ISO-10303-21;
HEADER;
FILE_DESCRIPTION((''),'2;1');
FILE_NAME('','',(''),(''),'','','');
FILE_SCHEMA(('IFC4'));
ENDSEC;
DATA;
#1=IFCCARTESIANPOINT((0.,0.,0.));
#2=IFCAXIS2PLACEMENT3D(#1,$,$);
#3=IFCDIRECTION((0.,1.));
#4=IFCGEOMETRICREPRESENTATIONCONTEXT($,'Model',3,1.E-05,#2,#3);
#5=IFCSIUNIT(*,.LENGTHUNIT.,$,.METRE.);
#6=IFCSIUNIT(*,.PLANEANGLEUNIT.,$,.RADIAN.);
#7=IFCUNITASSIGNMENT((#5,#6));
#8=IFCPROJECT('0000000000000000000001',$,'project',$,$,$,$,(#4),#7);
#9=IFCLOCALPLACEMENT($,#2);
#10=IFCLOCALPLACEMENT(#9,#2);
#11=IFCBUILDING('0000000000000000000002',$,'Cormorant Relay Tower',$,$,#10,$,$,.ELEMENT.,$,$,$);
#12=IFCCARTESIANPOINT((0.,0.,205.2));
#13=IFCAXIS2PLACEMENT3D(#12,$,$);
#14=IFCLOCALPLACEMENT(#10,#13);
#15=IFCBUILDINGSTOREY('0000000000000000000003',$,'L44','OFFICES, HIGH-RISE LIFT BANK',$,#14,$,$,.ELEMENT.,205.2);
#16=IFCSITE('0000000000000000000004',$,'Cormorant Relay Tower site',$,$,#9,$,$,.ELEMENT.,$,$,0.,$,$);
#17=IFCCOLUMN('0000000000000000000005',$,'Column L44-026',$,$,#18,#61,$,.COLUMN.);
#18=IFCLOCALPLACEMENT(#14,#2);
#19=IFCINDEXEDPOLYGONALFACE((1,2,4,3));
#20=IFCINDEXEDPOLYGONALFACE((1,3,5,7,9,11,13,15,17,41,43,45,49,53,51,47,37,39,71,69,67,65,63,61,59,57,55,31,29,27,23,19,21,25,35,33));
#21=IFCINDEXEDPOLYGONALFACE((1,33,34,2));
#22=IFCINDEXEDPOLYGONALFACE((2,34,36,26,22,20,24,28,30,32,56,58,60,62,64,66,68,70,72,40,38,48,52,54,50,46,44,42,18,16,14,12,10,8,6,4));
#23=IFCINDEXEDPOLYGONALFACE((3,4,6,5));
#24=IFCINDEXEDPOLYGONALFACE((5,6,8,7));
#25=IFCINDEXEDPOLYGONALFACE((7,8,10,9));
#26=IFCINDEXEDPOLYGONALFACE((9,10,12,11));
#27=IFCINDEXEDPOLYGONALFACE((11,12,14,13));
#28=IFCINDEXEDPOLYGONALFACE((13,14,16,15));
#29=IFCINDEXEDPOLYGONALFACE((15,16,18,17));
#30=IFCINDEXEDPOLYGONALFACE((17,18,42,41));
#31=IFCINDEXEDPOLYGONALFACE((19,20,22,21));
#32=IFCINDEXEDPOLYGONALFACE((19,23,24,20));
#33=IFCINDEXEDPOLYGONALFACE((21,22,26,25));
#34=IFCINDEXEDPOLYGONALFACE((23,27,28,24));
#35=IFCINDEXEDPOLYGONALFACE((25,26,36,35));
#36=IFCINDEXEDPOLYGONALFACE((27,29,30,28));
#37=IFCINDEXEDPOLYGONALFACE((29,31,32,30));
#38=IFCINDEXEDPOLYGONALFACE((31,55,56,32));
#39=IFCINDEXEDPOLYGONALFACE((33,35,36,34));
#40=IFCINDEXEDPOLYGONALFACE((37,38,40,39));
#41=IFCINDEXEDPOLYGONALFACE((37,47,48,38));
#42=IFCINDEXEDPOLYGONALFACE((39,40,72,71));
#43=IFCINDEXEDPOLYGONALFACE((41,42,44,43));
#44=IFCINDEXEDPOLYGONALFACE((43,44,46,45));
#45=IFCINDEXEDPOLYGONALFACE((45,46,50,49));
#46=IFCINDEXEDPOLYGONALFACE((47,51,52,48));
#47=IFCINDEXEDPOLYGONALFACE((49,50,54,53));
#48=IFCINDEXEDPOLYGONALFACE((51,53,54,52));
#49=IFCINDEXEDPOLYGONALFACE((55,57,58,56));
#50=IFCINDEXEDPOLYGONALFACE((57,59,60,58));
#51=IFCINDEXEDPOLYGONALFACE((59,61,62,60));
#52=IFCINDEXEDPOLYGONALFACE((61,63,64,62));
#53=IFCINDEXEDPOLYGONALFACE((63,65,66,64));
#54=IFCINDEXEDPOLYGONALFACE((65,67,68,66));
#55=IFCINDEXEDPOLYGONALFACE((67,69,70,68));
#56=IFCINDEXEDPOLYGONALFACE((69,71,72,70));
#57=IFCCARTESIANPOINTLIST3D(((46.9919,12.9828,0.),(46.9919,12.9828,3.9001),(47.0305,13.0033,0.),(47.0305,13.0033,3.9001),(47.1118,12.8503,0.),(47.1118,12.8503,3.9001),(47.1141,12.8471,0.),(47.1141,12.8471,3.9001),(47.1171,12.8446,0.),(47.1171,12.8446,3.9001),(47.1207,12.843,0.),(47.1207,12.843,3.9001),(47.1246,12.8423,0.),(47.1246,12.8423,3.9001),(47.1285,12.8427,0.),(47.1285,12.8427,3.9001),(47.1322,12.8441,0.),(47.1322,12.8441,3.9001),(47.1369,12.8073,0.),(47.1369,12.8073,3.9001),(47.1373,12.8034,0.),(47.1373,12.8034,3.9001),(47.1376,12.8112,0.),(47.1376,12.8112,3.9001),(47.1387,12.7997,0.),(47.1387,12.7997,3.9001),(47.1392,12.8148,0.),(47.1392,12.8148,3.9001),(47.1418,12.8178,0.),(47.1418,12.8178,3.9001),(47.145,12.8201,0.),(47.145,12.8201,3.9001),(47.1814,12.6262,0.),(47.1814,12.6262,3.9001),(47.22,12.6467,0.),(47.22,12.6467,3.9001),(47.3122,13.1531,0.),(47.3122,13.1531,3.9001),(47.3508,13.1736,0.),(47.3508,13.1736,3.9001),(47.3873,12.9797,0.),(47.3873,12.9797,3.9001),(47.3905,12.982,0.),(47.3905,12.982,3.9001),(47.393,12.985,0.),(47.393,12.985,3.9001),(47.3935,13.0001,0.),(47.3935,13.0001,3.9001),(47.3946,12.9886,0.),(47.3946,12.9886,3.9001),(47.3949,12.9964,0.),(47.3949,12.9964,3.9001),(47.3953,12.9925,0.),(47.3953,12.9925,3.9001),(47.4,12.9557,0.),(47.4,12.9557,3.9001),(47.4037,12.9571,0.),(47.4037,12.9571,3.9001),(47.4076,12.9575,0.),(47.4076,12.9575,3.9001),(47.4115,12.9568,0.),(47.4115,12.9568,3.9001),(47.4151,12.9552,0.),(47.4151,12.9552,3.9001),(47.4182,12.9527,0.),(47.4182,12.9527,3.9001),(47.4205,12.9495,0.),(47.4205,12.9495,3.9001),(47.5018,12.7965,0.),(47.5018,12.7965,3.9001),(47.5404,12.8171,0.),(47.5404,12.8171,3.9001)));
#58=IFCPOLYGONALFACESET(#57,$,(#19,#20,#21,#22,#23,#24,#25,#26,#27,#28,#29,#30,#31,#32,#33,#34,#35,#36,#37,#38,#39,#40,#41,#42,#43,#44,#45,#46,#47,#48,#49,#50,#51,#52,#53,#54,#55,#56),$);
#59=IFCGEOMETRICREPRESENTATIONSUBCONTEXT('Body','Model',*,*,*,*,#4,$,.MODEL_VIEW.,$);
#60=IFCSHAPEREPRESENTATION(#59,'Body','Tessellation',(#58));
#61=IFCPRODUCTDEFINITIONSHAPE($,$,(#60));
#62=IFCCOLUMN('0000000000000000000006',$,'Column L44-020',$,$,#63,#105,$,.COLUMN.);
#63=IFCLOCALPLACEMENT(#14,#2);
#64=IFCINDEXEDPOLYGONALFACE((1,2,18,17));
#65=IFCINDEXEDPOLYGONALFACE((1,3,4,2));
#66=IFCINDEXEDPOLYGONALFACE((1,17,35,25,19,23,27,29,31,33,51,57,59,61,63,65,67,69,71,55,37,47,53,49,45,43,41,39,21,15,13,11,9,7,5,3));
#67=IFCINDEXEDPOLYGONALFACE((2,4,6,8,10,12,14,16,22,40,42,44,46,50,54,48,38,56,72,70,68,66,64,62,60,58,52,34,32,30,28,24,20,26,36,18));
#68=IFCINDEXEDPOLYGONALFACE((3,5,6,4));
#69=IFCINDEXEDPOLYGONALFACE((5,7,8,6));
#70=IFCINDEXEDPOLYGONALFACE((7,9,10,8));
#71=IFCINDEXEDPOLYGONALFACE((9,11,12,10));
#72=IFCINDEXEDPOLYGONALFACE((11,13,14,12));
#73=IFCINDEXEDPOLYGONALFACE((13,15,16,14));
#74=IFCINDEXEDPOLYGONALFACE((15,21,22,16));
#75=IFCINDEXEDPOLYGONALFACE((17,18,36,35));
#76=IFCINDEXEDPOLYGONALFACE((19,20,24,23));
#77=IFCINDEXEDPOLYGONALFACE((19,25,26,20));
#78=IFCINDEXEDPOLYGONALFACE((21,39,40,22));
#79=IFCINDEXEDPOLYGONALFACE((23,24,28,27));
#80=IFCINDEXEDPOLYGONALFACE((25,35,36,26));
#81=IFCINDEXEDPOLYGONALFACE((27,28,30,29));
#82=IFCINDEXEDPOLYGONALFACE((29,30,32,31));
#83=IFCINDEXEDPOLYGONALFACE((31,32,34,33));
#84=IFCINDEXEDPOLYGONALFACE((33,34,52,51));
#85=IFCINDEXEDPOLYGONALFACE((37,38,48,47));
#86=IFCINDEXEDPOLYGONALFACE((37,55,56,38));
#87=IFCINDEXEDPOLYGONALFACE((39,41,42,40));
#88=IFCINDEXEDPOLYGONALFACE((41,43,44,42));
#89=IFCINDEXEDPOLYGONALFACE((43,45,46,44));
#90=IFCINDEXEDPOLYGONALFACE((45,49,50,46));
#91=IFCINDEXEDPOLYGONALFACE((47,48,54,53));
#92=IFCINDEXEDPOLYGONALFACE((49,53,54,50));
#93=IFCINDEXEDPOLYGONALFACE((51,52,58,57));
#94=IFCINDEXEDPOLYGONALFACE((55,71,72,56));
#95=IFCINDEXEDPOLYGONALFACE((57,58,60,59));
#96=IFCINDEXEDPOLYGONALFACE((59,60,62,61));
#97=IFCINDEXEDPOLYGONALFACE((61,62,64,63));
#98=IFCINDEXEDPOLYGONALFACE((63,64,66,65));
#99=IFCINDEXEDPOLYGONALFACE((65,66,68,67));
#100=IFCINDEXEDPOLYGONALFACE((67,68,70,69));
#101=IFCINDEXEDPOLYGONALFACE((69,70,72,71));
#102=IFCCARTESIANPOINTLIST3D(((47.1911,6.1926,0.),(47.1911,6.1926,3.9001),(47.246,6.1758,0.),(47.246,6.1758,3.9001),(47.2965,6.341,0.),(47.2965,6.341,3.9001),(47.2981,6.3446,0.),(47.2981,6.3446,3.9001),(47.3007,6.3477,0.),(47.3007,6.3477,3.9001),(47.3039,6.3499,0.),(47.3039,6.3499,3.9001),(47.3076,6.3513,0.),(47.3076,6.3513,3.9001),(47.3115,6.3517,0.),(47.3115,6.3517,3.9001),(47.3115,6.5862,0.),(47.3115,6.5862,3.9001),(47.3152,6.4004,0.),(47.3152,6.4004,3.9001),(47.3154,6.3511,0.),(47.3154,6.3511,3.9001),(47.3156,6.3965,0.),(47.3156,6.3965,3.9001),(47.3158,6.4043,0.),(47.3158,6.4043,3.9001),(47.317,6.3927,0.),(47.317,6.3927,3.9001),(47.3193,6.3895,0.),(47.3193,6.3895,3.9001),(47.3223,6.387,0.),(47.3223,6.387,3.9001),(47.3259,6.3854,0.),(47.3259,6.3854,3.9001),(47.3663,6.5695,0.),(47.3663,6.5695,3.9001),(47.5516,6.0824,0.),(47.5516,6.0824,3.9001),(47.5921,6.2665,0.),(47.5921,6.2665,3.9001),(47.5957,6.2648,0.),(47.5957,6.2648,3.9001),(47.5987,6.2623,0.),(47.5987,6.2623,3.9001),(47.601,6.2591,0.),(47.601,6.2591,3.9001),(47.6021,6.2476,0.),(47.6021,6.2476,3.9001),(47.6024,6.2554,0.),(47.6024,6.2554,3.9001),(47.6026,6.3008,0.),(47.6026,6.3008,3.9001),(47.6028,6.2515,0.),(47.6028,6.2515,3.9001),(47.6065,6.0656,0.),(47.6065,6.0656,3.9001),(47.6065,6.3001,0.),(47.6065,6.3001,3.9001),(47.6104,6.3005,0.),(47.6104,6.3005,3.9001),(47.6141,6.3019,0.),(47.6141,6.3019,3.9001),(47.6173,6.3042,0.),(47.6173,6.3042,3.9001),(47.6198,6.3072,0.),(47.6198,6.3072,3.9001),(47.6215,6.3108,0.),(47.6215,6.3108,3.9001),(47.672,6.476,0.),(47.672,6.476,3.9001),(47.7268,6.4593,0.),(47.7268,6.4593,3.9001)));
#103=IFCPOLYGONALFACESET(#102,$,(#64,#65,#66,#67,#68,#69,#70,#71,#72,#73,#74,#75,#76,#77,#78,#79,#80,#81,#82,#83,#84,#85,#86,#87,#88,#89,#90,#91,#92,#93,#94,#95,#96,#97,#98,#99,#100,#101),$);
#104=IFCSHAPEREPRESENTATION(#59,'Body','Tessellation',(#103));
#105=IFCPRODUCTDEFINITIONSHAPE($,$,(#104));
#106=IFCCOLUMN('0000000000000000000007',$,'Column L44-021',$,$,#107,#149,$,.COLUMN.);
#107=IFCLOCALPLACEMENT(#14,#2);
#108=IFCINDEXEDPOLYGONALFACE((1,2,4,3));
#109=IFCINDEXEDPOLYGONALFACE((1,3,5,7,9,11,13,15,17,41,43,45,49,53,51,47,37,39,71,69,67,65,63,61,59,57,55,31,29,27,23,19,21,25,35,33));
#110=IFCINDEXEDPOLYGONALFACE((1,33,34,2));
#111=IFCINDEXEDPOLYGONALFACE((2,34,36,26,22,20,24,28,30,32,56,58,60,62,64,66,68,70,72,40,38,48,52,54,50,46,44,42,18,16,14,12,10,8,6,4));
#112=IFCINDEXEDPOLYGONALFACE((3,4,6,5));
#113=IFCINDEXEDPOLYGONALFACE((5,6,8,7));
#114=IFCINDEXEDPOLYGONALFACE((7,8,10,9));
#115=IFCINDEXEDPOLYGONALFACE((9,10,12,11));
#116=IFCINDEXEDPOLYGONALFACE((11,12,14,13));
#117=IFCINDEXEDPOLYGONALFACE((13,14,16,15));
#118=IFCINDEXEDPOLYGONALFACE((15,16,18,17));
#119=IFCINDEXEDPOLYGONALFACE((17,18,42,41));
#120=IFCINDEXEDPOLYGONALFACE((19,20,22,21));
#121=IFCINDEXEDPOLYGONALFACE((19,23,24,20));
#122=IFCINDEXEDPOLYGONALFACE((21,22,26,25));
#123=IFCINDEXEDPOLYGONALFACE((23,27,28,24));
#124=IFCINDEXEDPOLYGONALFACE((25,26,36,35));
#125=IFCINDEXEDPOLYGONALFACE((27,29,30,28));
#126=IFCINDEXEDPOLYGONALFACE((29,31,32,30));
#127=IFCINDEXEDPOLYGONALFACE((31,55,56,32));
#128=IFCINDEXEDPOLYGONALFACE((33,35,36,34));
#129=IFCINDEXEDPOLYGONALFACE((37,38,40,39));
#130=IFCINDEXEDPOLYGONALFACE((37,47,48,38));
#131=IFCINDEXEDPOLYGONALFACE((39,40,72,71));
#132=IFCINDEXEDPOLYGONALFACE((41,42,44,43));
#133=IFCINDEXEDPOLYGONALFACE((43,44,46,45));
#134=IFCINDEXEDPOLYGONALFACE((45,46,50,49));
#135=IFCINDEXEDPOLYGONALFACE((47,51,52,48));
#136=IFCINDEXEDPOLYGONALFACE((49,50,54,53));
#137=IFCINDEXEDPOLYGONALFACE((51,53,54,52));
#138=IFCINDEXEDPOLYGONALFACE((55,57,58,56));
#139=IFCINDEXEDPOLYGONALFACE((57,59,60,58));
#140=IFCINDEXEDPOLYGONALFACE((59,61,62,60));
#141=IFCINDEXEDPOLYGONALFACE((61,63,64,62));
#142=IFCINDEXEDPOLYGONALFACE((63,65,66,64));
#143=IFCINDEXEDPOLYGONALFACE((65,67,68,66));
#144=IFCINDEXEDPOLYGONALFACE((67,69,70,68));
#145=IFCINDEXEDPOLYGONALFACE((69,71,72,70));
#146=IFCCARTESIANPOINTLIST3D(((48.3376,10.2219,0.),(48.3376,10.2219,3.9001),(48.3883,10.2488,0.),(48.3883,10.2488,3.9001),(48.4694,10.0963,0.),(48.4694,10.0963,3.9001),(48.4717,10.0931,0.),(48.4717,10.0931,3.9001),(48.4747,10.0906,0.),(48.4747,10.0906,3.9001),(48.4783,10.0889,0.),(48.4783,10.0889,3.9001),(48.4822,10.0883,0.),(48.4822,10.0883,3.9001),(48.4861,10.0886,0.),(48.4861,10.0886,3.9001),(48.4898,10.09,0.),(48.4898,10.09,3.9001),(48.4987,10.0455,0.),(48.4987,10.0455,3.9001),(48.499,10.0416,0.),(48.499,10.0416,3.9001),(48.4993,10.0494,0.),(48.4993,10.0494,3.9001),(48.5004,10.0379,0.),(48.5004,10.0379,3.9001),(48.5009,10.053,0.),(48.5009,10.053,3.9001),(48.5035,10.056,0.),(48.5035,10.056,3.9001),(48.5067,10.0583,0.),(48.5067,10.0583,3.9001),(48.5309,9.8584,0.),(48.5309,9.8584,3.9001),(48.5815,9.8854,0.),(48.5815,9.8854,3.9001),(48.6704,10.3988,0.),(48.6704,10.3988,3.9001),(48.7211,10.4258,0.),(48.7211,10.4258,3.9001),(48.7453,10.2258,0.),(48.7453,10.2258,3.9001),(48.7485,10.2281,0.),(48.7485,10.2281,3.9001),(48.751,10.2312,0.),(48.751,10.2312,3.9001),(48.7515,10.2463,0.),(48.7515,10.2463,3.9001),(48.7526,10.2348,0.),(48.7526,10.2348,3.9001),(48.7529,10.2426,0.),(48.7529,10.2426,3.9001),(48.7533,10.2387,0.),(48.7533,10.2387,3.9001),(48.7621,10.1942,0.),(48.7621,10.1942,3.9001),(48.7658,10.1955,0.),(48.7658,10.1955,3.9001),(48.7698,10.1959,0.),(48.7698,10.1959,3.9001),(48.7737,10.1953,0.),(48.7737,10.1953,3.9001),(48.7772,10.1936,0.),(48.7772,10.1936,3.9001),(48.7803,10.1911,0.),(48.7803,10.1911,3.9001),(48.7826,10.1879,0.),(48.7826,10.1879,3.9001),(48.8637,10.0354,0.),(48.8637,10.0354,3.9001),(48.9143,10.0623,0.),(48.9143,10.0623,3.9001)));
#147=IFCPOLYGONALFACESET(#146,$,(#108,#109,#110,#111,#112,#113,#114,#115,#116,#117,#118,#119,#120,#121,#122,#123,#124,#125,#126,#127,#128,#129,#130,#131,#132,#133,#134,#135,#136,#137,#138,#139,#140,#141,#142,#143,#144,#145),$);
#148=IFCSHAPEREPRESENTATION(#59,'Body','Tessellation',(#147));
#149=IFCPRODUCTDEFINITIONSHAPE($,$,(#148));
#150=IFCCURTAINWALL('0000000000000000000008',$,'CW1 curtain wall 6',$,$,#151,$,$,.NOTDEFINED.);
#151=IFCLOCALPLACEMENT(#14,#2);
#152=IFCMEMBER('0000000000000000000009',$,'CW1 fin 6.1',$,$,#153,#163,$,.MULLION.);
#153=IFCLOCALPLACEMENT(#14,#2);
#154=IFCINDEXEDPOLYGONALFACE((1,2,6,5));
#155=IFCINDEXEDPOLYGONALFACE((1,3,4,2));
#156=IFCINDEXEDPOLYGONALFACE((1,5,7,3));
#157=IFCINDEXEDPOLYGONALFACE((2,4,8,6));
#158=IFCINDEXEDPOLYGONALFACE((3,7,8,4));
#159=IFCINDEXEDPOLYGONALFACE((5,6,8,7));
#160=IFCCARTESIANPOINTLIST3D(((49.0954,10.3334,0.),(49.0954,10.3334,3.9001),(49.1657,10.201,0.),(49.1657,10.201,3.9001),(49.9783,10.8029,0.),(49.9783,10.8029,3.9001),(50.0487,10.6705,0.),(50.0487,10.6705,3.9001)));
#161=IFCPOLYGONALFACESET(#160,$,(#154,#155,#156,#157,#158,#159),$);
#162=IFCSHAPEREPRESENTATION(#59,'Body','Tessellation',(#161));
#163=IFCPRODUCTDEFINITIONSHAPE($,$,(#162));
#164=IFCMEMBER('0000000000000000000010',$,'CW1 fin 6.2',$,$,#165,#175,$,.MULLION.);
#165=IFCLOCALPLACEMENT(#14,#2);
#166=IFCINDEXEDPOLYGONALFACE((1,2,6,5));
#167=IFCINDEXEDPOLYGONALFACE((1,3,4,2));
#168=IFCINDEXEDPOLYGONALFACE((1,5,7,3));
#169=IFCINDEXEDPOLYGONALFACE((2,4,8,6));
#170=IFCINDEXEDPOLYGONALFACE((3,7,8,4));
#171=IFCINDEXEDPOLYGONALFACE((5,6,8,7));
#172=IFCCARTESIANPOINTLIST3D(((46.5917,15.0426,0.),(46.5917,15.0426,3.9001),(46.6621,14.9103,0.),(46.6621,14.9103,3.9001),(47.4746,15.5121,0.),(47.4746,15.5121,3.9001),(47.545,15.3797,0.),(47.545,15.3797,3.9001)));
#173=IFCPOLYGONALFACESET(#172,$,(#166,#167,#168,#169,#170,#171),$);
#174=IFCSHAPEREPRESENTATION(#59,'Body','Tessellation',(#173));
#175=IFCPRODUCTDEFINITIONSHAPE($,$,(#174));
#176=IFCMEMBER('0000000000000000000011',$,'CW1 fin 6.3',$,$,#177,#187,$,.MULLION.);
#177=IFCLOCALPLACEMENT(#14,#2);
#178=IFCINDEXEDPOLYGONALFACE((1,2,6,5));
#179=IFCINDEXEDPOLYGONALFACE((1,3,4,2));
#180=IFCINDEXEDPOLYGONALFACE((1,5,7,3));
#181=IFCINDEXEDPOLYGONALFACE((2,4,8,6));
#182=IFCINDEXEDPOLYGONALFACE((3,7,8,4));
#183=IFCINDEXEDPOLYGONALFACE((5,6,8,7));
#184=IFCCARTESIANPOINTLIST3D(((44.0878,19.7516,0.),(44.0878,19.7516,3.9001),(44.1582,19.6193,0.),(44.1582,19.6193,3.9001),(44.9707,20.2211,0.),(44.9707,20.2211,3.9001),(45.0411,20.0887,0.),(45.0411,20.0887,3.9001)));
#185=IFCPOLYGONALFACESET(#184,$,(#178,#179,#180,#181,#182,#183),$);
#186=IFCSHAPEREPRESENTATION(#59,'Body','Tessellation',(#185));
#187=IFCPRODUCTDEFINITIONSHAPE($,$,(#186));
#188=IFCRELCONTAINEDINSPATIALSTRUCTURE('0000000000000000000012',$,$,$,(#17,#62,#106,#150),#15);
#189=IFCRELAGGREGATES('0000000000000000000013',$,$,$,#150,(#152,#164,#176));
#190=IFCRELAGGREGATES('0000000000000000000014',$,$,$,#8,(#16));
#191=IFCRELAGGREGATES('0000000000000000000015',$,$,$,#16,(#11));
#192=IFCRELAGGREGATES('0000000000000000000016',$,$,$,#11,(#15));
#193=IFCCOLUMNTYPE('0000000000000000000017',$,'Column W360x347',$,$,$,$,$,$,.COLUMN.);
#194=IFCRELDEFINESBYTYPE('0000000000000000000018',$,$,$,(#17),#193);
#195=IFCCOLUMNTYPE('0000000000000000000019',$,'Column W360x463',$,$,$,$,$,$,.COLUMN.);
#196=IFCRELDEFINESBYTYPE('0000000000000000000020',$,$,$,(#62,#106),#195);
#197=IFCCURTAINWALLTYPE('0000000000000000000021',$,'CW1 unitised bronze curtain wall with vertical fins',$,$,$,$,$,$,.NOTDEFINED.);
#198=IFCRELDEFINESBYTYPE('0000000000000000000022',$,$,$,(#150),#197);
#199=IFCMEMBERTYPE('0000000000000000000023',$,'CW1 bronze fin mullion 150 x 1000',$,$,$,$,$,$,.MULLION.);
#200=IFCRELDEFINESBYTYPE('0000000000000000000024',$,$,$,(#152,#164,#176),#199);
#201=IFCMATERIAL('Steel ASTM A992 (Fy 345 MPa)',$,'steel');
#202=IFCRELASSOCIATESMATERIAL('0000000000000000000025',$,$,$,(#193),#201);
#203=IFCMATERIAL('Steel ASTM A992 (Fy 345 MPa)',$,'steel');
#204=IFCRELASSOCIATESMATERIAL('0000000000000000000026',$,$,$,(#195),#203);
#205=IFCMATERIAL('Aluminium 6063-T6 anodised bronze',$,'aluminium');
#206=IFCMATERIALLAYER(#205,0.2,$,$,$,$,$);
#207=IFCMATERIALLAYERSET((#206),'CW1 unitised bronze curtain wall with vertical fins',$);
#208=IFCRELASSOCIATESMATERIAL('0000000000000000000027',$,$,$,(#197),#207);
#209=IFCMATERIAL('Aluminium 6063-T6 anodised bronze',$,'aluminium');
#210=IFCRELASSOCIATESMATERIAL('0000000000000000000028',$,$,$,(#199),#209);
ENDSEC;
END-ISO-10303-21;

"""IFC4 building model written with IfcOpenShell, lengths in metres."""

from ifc_helpers import new_model, si_unit, direction, frame, origin, origin_2d, place, context, subcontext, project, spatial, rectangle, i_section, extrude, material, layer, layer_set, material_profile, profile_set, type_object, element, aggregate, save


model = new_model("IFC4")

# Units and contexts
model_context = context("Model", 3, precision=1e-05, world=origin(), true_north=direction((0.0, 1.0)))
body_context = subcontext(model_context, "Body", "Model", "MODEL_VIEW")
ifc_project = project(units=[si_unit("LENGTHUNIT", "METRE"), si_unit("PLANEANGLEUNIT", "RADIAN")], contexts=[model_context])

# Site, building, storey
site_placement = place(None, origin())
site = spatial("IfcSite", under=ifc_project, at=site_placement, Name="Cormorant Relay Tower site", CompositionType="ELEMENT", RefElevation=0.0)
building_placement = place(site_placement, origin())
building = spatial("IfcBuilding", under=site, at=building_placement, Name="Cormorant Relay Tower", CompositionType="ELEMENT")
storey_placement = place(building_placement, frame((0.0, 0.0, 205.2)))
storey = spatial("IfcBuildingStorey", under=building, at=storey_placement, Name="L44", Description="OFFICES, HIGH-RISE LIFT BANK", CompositionType="ELEMENT", Elevation=205.2)

# Columns
ifc_material_1 = material(Name="Steel ASTM A992 (Fy 345 MPa)", Category="steel")
ifc_material_profile_1 = material_profile(ifc_material_1, i_section(OverallWidth=0.4038, OverallDepth=0.4065, WebThickness=0.0271, FlangeThickness=0.0437, FilletRadius=0.0151, at=origin_2d()), Name="W360x347")
ifc_profile_set_1 = profile_set([ifc_material_profile_1], Name="Steel ASTM A992 (Fy 345 MPa)")
column_type_1 = type_object("IfcColumnType", Name="Column W360x347", PredefinedType="COLUMN", material=ifc_profile_set_1)
column_placement = place(storey_placement, frame((47.2661, 12.8999, 0.0), z_axis=(0.0, 0.0, 1.0), x_axis=(-0.469472, 0.882948, 0.0)))
element("IfcColumn", 1, at=column_placement, inside=storey, type_object=column_type_1, Name="Column L44-026", PredefinedType="COLUMN", context=body_context, shape_type="SweptSolid", body=[
    extrude(i_section(OverallWidth=0.4038, OverallDepth=0.4065, WebThickness=0.0271, FlangeThickness=0.0437, FilletRadius=0.0151, at=origin_2d()), origin(), (0.0, 0.0, 1.0), 3.9001),
])
ifc_material_2 = material(Name="Steel ASTM A992 (Fy 345 MPa)", Category="steel")
ifc_material_profile_2 = material_profile(ifc_material_2, i_section(OverallWidth=0.4116, OverallDepth=0.4343, WebThickness=0.0359, FlangeThickness=0.0574, FilletRadius=0.0151, at=origin_2d()), Name="W360x463")
ifc_profile_set_2 = profile_set([ifc_material_profile_2], Name="Steel ASTM A992 (Fy 345 MPa)")
column_type_2 = type_object("IfcColumnType", Name="Column W360x463", PredefinedType="COLUMN", material=ifc_profile_set_2)
for number, where, z_axis, x_axis, name in (
    (2, (47.459, 6.3259, 0.0), (0.0, 0.0, 1.0), (0.292372, 0.956305, 0.0), "Column L44-020"),
    (3, (48.626, 10.1421, 0.0), (0.0, 0.0, 1.0), (-0.469472, 0.882948, 0.0), "Column L44-021"),
):
    element("IfcColumn", number, at=place(storey_placement, frame(where, z_axis=z_axis, x_axis=x_axis)), inside=storey, type_object=column_type_2, Name=name, PredefinedType="COLUMN", context=body_context, shape_type="SweptSolid", body=[
        extrude(i_section(OverallWidth=0.4116, OverallDepth=0.4343, WebThickness=0.0359, FlangeThickness=0.0574, FilletRadius=0.0151, at=origin_2d()), origin(), (0.0, 0.0, 1.0), 3.9001),
    ])

# Curtain wall, members
ifc_material_3 = material(Name="Aluminium 6063-T6 anodised bronze", Category="aluminium")
ifc_layer_1 = layer(ifc_material_3, 0.2)
ifc_layer_set_1 = layer_set([ifc_layer_1], Name="CW1 unitised bronze curtain wall with vertical fins")
curtain_wall_type = type_object("IfcCurtainWallType", Name="CW1 unitised bronze curtain wall with vertical fins", PredefinedType="NOTDEFINED", material=ifc_layer_set_1)
curtain_wall_1_placement = place(storey_placement, origin())
curtain_wall_1 = element("IfcCurtainWall", 4, at=curtain_wall_1_placement, inside=storey, type_object=curtain_wall_type, Name="CW1 curtain wall 6", PredefinedType="NOTDEFINED")
ifc_material_4 = material(Name="Aluminium 6063-T6 anodised bronze", Category="aluminium")
ifc_material_profile_3 = material_profile(ifc_material_4, rectangle(XDim=0.1499, YDim=1.0, at=origin_2d()), Name="AL 150x1000")
ifc_profile_set_3 = profile_set([ifc_material_profile_3], Name="Aluminium 6063-T6 anodised bronze")
member_type_1 = type_object("IfcMemberType", Name="CW1 bronze fin mullion 150 x 1000", PredefinedType="MULLION", material=ifc_profile_set_3)
member_1_placement = place(storey_placement, frame((49.572, 10.502, 0.0), z_axis=(0.0, 0.0, 1.0), x_axis=(-0.469472, 0.882948, 0.0)))
member_1 = element("IfcMember", 5, at=member_1_placement, type_object=member_type_1, Name="CW1 fin 6.1", PredefinedType="MULLION", context=body_context, shape_type="SweptSolid", body=[
    extrude(rectangle(XDim=0.1499, YDim=1.0, at=origin_2d()), origin(), (0.0, 0.0, 1.0), 3.9001),
])
member_2_placement = place(storey_placement, frame((47.0684, 15.2112, 0.0), z_axis=(0.0, 0.0, 1.0), x_axis=(-0.469472, 0.882948, 0.0)))
member_2 = element("IfcMember", 6, at=member_2_placement, type_object=member_type_1, Name="CW1 fin 6.2", PredefinedType="MULLION", context=body_context, shape_type="SweptSolid", body=[
    extrude(rectangle(XDim=0.1499, YDim=1.0, at=origin_2d()), origin(), (0.0, 0.0, 1.0), 3.9001),
])
member_3_placement = place(storey_placement, frame((44.5645, 19.9202, 0.0), z_axis=(0.0, 0.0, 1.0), x_axis=(-0.469472, 0.882948, 0.0)))
member_3 = element("IfcMember", 7, at=member_3_placement, type_object=member_type_1, Name="CW1 fin 6.3", PredefinedType="MULLION", context=body_context, shape_type="SweptSolid", body=[
    extrude(rectangle(XDim=0.1499, YDim=1.0, at=origin_2d()), origin(), (0.0, 0.0, 1.0), 3.9001),
])

aggregate(curtain_wall_1, [member_1, member_2, member_3])

save(model, "model.ifc")
